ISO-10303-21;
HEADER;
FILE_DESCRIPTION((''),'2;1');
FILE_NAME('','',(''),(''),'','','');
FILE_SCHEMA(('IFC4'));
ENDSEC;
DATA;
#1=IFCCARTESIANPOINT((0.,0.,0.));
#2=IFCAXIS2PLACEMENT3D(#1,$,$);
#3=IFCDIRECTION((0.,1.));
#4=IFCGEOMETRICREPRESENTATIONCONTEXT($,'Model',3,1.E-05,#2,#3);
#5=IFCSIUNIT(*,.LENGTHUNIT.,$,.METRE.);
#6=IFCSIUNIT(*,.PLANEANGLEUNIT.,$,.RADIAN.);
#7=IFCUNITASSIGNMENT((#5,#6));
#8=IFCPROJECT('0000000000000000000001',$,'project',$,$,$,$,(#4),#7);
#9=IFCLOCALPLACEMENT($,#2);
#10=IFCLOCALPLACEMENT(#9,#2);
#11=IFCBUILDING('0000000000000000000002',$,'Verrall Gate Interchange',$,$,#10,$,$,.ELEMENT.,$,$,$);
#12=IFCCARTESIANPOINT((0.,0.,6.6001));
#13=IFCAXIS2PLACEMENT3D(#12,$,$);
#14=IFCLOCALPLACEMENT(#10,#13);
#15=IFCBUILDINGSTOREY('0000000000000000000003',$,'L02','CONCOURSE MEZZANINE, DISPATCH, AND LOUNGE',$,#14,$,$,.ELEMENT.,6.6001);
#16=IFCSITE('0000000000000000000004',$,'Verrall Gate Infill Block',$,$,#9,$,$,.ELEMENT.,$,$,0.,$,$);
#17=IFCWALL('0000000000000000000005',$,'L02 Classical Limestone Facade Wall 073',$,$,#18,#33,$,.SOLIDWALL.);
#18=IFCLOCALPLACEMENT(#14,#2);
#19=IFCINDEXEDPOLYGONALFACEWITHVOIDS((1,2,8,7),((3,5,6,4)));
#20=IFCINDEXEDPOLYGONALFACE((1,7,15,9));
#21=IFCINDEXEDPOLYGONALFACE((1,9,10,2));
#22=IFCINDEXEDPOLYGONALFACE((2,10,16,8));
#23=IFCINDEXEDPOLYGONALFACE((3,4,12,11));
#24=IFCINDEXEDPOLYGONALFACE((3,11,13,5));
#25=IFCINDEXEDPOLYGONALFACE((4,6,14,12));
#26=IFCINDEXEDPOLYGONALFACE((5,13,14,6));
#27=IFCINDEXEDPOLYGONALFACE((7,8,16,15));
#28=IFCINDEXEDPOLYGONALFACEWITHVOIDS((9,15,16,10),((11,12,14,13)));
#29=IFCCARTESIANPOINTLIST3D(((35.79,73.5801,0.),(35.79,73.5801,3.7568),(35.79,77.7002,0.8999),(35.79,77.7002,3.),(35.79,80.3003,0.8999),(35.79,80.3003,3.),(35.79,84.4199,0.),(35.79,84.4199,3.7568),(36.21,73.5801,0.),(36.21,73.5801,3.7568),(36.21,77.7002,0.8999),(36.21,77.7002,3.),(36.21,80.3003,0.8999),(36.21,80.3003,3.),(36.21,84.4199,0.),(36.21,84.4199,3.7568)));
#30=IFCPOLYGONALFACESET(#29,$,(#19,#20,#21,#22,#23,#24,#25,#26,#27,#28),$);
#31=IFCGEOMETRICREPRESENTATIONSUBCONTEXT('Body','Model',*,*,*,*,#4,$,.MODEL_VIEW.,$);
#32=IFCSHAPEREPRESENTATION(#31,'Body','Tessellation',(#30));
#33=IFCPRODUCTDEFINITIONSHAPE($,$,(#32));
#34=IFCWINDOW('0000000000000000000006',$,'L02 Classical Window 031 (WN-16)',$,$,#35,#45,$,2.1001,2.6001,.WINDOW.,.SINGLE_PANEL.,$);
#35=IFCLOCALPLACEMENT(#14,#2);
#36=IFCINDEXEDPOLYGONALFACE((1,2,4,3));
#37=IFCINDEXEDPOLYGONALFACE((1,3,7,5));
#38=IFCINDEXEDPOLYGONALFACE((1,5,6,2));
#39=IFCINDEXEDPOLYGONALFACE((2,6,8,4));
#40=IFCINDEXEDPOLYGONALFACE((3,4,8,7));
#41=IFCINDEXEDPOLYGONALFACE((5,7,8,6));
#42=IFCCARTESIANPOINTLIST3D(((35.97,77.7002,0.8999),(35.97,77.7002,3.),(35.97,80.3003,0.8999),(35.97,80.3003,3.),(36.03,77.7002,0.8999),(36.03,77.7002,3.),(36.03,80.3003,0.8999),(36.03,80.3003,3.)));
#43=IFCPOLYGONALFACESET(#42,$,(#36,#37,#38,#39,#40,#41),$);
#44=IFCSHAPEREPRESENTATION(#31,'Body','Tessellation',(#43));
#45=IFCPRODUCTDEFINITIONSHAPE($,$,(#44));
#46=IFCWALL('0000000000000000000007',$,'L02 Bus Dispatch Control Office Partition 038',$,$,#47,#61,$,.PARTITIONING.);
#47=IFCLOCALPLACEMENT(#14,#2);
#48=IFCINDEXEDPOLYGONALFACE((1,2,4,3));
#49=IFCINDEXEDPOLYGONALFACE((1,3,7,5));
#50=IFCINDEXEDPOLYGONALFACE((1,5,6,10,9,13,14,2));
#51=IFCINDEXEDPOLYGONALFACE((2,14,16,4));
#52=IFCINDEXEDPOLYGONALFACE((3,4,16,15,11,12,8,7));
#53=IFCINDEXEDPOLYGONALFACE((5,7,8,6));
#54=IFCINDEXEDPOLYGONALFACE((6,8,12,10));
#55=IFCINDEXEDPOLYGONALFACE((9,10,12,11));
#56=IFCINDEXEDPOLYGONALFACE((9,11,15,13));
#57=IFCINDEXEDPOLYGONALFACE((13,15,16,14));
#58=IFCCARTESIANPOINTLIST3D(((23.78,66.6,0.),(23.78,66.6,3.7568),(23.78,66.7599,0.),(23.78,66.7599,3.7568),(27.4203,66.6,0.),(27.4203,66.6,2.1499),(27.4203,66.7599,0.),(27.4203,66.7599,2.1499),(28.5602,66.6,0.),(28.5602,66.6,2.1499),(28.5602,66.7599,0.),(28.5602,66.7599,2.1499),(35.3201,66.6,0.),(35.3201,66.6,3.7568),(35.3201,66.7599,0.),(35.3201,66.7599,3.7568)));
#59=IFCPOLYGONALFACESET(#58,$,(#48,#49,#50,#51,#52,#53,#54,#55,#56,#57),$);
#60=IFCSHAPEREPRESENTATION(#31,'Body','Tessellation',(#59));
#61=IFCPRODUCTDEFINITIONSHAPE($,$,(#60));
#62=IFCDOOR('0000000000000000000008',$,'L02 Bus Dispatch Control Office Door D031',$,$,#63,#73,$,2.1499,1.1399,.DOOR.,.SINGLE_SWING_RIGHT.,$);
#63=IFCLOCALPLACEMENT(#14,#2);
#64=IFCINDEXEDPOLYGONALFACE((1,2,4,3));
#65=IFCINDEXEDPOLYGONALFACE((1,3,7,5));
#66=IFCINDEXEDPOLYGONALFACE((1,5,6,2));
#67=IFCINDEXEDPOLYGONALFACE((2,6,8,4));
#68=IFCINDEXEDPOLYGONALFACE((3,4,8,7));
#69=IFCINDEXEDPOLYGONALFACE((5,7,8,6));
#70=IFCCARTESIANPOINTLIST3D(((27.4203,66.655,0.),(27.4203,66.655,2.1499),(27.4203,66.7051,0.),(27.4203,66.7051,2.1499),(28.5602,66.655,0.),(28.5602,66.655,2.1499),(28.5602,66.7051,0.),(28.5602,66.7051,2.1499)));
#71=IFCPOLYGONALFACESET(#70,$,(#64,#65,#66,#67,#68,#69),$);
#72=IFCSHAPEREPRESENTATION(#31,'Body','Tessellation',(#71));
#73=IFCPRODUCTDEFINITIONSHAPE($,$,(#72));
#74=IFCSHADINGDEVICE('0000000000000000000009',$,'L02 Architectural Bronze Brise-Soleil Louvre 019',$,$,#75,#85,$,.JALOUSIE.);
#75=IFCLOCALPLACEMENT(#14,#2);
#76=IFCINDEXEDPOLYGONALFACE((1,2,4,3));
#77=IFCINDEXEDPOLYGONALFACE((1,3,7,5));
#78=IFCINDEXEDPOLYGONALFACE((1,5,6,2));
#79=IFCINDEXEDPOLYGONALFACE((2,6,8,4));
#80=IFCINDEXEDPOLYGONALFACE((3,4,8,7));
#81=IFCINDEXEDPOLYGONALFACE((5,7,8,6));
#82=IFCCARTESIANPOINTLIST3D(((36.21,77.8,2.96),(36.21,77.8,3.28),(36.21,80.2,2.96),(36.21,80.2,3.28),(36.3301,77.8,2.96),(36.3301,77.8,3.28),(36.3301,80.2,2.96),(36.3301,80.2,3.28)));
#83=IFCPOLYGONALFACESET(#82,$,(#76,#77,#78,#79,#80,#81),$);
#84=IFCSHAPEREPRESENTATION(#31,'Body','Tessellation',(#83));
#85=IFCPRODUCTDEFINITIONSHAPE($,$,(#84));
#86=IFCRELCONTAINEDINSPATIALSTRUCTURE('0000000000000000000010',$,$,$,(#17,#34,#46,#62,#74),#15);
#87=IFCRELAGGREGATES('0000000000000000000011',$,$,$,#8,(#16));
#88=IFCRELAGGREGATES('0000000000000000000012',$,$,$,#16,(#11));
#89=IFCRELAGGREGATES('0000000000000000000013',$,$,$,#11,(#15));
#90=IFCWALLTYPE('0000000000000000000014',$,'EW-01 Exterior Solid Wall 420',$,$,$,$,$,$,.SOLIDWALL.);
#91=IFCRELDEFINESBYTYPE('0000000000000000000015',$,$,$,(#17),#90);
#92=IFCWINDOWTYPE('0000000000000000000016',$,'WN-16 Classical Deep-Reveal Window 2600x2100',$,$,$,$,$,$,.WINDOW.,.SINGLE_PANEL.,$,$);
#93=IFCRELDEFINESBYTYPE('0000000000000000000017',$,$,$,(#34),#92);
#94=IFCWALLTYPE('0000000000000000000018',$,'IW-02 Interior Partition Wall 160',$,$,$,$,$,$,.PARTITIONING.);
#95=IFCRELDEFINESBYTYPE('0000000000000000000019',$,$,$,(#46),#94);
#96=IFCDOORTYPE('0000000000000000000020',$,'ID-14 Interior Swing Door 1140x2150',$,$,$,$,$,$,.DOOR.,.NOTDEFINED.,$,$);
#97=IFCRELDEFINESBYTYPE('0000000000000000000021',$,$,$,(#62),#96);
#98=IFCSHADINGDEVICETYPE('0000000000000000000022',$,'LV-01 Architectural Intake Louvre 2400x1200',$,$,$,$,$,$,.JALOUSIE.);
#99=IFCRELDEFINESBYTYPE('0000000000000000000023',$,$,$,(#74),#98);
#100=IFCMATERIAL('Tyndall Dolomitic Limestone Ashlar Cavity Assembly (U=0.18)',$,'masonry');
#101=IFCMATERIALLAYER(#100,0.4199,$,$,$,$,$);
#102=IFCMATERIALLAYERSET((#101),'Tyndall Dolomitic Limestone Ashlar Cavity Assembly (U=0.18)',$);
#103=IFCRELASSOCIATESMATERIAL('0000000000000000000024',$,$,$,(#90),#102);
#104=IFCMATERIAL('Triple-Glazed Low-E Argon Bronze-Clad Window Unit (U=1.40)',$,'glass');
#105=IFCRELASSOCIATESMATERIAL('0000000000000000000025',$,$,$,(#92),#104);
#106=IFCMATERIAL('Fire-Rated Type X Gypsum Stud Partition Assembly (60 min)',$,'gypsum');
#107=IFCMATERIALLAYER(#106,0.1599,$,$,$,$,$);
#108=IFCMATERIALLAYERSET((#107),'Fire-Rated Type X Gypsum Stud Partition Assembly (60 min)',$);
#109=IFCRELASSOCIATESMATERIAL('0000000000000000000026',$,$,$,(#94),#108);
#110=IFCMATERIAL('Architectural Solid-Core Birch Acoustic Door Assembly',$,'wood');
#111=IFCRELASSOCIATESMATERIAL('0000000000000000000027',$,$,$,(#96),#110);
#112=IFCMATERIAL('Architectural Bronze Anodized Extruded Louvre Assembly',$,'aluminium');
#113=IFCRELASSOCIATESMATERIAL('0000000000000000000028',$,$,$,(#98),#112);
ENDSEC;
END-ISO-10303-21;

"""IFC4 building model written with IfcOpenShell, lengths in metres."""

from ifc_helpers import new_model, si_unit, direction, frame, frame_2d, origin, origin_2d, place, context, subcontext, project, spatial, rectangle, extrude, material, layer, layer_set, type_object, element, fill, save


model = new_model("IFC4")

# Units and contexts
model_context = context("Model", 3, precision=1e-05, world=origin(), true_north=direction((0.0, 1.0)))
body_context = subcontext(model_context, "Body", "Model", "MODEL_VIEW")
ifc_project = project(units=[si_unit("LENGTHUNIT", "METRE"), si_unit("PLANEANGLEUNIT", "RADIAN")], contexts=[model_context])

# Site, building, storey
site_placement = place(None, origin())
site = spatial("IfcSite", under=ifc_project, at=site_placement, Name="Verrall Gate Infill Block", CompositionType="ELEMENT", RefElevation=0.0)
building_placement = place(site_placement, origin())
building = spatial("IfcBuilding", under=site, at=building_placement, Name="Verrall Gate Interchange", CompositionType="ELEMENT")
storey_placement = place(building_placement, frame((0.0, 0.0, 6.6001)))
storey = spatial("IfcBuildingStorey", under=building, at=storey_placement, Name="L02", Description="CONCOURSE MEZZANINE, DISPATCH, AND LOUNGE", CompositionType="ELEMENT", Elevation=6.6001)

# Wall, opening, window
ifc_material_1 = material(Name="Tyndall Dolomitic Limestone Ashlar Cavity Assembly (U=0.18)", Category="masonry")
ifc_layer_1 = layer(ifc_material_1, 0.4199)
ifc_layer_set_1 = layer_set([ifc_layer_1], Name="Tyndall Dolomitic Limestone Ashlar Cavity Assembly (U=0.18)")
wall_type_1 = type_object("IfcWallType", Name="EW-01 Exterior Solid Wall 420", PredefinedType="SOLIDWALL", material=ifc_layer_set_1)
wall_1_placement = place(storey_placement, frame((36.0, 73.5801, 0.0), z_axis=(0.0, 0.0, 1.0), x_axis=(0.0, 1.0, 0.0)))
wall_1 = element("IfcWall", 1, at=wall_1_placement, inside=storey, type_object=wall_type_1, Name="L02 Classical Limestone Facade Wall 073", PredefinedType="SOLIDWALL", context=body_context, shape_type="SweptSolid", body=[
    extrude(rectangle(XDim=10.8398, YDim=0.4199, at=frame_2d((5.4199, 0.0))), origin(), (0.0, 0.0, 1.0), 3.7568),
])
opening_1_placement = place(wall_1_placement, frame((4.1201, 0.0, 0.8999)))
opening_1 = element("IfcOpeningElement", 2, at=opening_1_placement, cuts=wall_1, PredefinedType="OPENING", context=body_context, shape_type="SweptSolid", body=[
    extrude(rectangle(XDim=2.6001, YDim=2.1001, at=frame_2d((1.3, 1.05))), frame((0.0, 0.2249, 0.0), z_axis=(0.0, -1.0, 0.0), x_axis=(1.0, 0.0, 0.0)), (0.0, 0.0, 1.0), 0.4497),
])
ifc_material_2 = material(Name="Triple-Glazed Low-E Argon Bronze-Clad Window Unit (U=1.40)", Category="glass")
window_type = type_object("IfcWindowType", Name="WN-16 Classical Deep-Reveal Window 2600x2100", PartitioningType="SINGLE_PANEL", PredefinedType="WINDOW", material=ifc_material_2)
window_placement = place(opening_1_placement, origin())
window = element("IfcWindow", 3, at=window_placement, inside=storey, type_object=window_type, Name="L02 Classical Window 031 (WN-16)", OverallHeight=2.1001, OverallWidth=2.6001, PartitioningType="SINGLE_PANEL", PredefinedType="WINDOW", context=body_context, shape_type="SweptSolid", body=[
    extrude(rectangle(XDim=2.6001, YDim=2.1001, at=frame_2d((1.3, 1.05))), frame((0.0, 0.03, 0.0), z_axis=(0.0, -1.0, 0.0), x_axis=(1.0, 0.0, 0.0)), (0.0, 0.0, 1.0), 0.0601),
])
fill(opening_1, window)

# Wall, opening, door
ifc_material_3 = material(Name="Fire-Rated Type X Gypsum Stud Partition Assembly (60 min)", Category="gypsum")
ifc_layer_2 = layer(ifc_material_3, 0.1599)
ifc_layer_set_2 = layer_set([ifc_layer_2], Name="Fire-Rated Type X Gypsum Stud Partition Assembly (60 min)")
wall_type_2 = type_object("IfcWallType", Name="IW-02 Interior Partition Wall 160", PredefinedType="PARTITIONING", material=ifc_layer_set_2)
wall_2_placement = place(storey_placement, frame((35.3201, 66.6799, 0.0), z_axis=(0.0, 0.0, 1.0), x_axis=(-1.0, 0.0, 0.0)))
wall_2 = element("IfcWall", 4, at=wall_2_placement, inside=storey, type_object=wall_type_2, Name="L02 Bus Dispatch Control Office Partition 038", PredefinedType="PARTITIONING", context=body_context, shape_type="SweptSolid", body=[
    extrude(rectangle(XDim=11.54, YDim=0.1599, at=frame_2d((5.77, 0.0))), origin(), (0.0, 0.0, 1.0), 3.7568),
])
opening_2_placement = place(wall_2_placement, frame((6.76, 0.0, 0.0)))
opening_2 = element("IfcOpeningElement", 5, at=opening_2_placement, cuts=wall_2, PredefinedType="OPENING", context=body_context, shape_type="SweptSolid", body=[
    extrude(rectangle(XDim=1.1399, YDim=2.1499, at=frame_2d((0.5698, 1.075))), frame((0.0, 0.0947, 0.0), z_axis=(0.0, -1.0, 0.0), x_axis=(1.0, 0.0, 0.0)), (0.0, 0.0, 1.0), 0.1897),
])
ifc_material_4 = material(Name="Architectural Solid-Core Birch Acoustic Door Assembly", Category="wood")
door_type = type_object("IfcDoorType", Name="ID-14 Interior Swing Door 1140x2150", OperationType="NOTDEFINED", PredefinedType="DOOR", material=ifc_material_4)
door_placement = place(opening_2_placement, origin())
door = element("IfcDoor", 6, at=door_placement, inside=storey, type_object=door_type, Name="L02 Bus Dispatch Control Office Door D031", OperationType="SINGLE_SWING_RIGHT", OverallHeight=2.1499, OverallWidth=1.1399, PredefinedType="DOOR", context=body_context, shape_type="SweptSolid", body=[
    extrude(rectangle(XDim=1.1399, YDim=2.1499, at=frame_2d((0.5698, 1.075))), frame((0.0, 0.0249, 0.0), z_axis=(0.0, -1.0, 0.0), x_axis=(1.0, 0.0, 0.0)), (0.0, 0.0, 1.0), 0.05),
])
fill(opening_2, door)

# Shading device
ifc_material_5 = material(Name="Architectural Bronze Anodized Extruded Louvre Assembly", Category="aluminium")
shading_device_type = type_object("IfcShadingDeviceType", Name="LV-01 Architectural Intake Louvre 2400x1200", PredefinedType="JALOUSIE", material=ifc_material_5)
shading_device_placement = place(storey_placement, frame((36.27, 79.0, 2.96), z_axis=(0.0, 0.0, 1.0), x_axis=(0.0, 1.0, 0.0)))
element("IfcShadingDevice", 7, at=shading_device_placement, inside=storey, type_object=shading_device_type, Name="L02 Architectural Bronze Brise-Soleil Louvre 019", PredefinedType="JALOUSIE", context=body_context, shape_type="SweptSolid", body=[
    extrude(rectangle(XDim=2.3999, YDim=0.1201, at=origin_2d()), origin(), (0.0, 0.0, 1.0), 0.3201),
])

save(model, "model.ifc")
